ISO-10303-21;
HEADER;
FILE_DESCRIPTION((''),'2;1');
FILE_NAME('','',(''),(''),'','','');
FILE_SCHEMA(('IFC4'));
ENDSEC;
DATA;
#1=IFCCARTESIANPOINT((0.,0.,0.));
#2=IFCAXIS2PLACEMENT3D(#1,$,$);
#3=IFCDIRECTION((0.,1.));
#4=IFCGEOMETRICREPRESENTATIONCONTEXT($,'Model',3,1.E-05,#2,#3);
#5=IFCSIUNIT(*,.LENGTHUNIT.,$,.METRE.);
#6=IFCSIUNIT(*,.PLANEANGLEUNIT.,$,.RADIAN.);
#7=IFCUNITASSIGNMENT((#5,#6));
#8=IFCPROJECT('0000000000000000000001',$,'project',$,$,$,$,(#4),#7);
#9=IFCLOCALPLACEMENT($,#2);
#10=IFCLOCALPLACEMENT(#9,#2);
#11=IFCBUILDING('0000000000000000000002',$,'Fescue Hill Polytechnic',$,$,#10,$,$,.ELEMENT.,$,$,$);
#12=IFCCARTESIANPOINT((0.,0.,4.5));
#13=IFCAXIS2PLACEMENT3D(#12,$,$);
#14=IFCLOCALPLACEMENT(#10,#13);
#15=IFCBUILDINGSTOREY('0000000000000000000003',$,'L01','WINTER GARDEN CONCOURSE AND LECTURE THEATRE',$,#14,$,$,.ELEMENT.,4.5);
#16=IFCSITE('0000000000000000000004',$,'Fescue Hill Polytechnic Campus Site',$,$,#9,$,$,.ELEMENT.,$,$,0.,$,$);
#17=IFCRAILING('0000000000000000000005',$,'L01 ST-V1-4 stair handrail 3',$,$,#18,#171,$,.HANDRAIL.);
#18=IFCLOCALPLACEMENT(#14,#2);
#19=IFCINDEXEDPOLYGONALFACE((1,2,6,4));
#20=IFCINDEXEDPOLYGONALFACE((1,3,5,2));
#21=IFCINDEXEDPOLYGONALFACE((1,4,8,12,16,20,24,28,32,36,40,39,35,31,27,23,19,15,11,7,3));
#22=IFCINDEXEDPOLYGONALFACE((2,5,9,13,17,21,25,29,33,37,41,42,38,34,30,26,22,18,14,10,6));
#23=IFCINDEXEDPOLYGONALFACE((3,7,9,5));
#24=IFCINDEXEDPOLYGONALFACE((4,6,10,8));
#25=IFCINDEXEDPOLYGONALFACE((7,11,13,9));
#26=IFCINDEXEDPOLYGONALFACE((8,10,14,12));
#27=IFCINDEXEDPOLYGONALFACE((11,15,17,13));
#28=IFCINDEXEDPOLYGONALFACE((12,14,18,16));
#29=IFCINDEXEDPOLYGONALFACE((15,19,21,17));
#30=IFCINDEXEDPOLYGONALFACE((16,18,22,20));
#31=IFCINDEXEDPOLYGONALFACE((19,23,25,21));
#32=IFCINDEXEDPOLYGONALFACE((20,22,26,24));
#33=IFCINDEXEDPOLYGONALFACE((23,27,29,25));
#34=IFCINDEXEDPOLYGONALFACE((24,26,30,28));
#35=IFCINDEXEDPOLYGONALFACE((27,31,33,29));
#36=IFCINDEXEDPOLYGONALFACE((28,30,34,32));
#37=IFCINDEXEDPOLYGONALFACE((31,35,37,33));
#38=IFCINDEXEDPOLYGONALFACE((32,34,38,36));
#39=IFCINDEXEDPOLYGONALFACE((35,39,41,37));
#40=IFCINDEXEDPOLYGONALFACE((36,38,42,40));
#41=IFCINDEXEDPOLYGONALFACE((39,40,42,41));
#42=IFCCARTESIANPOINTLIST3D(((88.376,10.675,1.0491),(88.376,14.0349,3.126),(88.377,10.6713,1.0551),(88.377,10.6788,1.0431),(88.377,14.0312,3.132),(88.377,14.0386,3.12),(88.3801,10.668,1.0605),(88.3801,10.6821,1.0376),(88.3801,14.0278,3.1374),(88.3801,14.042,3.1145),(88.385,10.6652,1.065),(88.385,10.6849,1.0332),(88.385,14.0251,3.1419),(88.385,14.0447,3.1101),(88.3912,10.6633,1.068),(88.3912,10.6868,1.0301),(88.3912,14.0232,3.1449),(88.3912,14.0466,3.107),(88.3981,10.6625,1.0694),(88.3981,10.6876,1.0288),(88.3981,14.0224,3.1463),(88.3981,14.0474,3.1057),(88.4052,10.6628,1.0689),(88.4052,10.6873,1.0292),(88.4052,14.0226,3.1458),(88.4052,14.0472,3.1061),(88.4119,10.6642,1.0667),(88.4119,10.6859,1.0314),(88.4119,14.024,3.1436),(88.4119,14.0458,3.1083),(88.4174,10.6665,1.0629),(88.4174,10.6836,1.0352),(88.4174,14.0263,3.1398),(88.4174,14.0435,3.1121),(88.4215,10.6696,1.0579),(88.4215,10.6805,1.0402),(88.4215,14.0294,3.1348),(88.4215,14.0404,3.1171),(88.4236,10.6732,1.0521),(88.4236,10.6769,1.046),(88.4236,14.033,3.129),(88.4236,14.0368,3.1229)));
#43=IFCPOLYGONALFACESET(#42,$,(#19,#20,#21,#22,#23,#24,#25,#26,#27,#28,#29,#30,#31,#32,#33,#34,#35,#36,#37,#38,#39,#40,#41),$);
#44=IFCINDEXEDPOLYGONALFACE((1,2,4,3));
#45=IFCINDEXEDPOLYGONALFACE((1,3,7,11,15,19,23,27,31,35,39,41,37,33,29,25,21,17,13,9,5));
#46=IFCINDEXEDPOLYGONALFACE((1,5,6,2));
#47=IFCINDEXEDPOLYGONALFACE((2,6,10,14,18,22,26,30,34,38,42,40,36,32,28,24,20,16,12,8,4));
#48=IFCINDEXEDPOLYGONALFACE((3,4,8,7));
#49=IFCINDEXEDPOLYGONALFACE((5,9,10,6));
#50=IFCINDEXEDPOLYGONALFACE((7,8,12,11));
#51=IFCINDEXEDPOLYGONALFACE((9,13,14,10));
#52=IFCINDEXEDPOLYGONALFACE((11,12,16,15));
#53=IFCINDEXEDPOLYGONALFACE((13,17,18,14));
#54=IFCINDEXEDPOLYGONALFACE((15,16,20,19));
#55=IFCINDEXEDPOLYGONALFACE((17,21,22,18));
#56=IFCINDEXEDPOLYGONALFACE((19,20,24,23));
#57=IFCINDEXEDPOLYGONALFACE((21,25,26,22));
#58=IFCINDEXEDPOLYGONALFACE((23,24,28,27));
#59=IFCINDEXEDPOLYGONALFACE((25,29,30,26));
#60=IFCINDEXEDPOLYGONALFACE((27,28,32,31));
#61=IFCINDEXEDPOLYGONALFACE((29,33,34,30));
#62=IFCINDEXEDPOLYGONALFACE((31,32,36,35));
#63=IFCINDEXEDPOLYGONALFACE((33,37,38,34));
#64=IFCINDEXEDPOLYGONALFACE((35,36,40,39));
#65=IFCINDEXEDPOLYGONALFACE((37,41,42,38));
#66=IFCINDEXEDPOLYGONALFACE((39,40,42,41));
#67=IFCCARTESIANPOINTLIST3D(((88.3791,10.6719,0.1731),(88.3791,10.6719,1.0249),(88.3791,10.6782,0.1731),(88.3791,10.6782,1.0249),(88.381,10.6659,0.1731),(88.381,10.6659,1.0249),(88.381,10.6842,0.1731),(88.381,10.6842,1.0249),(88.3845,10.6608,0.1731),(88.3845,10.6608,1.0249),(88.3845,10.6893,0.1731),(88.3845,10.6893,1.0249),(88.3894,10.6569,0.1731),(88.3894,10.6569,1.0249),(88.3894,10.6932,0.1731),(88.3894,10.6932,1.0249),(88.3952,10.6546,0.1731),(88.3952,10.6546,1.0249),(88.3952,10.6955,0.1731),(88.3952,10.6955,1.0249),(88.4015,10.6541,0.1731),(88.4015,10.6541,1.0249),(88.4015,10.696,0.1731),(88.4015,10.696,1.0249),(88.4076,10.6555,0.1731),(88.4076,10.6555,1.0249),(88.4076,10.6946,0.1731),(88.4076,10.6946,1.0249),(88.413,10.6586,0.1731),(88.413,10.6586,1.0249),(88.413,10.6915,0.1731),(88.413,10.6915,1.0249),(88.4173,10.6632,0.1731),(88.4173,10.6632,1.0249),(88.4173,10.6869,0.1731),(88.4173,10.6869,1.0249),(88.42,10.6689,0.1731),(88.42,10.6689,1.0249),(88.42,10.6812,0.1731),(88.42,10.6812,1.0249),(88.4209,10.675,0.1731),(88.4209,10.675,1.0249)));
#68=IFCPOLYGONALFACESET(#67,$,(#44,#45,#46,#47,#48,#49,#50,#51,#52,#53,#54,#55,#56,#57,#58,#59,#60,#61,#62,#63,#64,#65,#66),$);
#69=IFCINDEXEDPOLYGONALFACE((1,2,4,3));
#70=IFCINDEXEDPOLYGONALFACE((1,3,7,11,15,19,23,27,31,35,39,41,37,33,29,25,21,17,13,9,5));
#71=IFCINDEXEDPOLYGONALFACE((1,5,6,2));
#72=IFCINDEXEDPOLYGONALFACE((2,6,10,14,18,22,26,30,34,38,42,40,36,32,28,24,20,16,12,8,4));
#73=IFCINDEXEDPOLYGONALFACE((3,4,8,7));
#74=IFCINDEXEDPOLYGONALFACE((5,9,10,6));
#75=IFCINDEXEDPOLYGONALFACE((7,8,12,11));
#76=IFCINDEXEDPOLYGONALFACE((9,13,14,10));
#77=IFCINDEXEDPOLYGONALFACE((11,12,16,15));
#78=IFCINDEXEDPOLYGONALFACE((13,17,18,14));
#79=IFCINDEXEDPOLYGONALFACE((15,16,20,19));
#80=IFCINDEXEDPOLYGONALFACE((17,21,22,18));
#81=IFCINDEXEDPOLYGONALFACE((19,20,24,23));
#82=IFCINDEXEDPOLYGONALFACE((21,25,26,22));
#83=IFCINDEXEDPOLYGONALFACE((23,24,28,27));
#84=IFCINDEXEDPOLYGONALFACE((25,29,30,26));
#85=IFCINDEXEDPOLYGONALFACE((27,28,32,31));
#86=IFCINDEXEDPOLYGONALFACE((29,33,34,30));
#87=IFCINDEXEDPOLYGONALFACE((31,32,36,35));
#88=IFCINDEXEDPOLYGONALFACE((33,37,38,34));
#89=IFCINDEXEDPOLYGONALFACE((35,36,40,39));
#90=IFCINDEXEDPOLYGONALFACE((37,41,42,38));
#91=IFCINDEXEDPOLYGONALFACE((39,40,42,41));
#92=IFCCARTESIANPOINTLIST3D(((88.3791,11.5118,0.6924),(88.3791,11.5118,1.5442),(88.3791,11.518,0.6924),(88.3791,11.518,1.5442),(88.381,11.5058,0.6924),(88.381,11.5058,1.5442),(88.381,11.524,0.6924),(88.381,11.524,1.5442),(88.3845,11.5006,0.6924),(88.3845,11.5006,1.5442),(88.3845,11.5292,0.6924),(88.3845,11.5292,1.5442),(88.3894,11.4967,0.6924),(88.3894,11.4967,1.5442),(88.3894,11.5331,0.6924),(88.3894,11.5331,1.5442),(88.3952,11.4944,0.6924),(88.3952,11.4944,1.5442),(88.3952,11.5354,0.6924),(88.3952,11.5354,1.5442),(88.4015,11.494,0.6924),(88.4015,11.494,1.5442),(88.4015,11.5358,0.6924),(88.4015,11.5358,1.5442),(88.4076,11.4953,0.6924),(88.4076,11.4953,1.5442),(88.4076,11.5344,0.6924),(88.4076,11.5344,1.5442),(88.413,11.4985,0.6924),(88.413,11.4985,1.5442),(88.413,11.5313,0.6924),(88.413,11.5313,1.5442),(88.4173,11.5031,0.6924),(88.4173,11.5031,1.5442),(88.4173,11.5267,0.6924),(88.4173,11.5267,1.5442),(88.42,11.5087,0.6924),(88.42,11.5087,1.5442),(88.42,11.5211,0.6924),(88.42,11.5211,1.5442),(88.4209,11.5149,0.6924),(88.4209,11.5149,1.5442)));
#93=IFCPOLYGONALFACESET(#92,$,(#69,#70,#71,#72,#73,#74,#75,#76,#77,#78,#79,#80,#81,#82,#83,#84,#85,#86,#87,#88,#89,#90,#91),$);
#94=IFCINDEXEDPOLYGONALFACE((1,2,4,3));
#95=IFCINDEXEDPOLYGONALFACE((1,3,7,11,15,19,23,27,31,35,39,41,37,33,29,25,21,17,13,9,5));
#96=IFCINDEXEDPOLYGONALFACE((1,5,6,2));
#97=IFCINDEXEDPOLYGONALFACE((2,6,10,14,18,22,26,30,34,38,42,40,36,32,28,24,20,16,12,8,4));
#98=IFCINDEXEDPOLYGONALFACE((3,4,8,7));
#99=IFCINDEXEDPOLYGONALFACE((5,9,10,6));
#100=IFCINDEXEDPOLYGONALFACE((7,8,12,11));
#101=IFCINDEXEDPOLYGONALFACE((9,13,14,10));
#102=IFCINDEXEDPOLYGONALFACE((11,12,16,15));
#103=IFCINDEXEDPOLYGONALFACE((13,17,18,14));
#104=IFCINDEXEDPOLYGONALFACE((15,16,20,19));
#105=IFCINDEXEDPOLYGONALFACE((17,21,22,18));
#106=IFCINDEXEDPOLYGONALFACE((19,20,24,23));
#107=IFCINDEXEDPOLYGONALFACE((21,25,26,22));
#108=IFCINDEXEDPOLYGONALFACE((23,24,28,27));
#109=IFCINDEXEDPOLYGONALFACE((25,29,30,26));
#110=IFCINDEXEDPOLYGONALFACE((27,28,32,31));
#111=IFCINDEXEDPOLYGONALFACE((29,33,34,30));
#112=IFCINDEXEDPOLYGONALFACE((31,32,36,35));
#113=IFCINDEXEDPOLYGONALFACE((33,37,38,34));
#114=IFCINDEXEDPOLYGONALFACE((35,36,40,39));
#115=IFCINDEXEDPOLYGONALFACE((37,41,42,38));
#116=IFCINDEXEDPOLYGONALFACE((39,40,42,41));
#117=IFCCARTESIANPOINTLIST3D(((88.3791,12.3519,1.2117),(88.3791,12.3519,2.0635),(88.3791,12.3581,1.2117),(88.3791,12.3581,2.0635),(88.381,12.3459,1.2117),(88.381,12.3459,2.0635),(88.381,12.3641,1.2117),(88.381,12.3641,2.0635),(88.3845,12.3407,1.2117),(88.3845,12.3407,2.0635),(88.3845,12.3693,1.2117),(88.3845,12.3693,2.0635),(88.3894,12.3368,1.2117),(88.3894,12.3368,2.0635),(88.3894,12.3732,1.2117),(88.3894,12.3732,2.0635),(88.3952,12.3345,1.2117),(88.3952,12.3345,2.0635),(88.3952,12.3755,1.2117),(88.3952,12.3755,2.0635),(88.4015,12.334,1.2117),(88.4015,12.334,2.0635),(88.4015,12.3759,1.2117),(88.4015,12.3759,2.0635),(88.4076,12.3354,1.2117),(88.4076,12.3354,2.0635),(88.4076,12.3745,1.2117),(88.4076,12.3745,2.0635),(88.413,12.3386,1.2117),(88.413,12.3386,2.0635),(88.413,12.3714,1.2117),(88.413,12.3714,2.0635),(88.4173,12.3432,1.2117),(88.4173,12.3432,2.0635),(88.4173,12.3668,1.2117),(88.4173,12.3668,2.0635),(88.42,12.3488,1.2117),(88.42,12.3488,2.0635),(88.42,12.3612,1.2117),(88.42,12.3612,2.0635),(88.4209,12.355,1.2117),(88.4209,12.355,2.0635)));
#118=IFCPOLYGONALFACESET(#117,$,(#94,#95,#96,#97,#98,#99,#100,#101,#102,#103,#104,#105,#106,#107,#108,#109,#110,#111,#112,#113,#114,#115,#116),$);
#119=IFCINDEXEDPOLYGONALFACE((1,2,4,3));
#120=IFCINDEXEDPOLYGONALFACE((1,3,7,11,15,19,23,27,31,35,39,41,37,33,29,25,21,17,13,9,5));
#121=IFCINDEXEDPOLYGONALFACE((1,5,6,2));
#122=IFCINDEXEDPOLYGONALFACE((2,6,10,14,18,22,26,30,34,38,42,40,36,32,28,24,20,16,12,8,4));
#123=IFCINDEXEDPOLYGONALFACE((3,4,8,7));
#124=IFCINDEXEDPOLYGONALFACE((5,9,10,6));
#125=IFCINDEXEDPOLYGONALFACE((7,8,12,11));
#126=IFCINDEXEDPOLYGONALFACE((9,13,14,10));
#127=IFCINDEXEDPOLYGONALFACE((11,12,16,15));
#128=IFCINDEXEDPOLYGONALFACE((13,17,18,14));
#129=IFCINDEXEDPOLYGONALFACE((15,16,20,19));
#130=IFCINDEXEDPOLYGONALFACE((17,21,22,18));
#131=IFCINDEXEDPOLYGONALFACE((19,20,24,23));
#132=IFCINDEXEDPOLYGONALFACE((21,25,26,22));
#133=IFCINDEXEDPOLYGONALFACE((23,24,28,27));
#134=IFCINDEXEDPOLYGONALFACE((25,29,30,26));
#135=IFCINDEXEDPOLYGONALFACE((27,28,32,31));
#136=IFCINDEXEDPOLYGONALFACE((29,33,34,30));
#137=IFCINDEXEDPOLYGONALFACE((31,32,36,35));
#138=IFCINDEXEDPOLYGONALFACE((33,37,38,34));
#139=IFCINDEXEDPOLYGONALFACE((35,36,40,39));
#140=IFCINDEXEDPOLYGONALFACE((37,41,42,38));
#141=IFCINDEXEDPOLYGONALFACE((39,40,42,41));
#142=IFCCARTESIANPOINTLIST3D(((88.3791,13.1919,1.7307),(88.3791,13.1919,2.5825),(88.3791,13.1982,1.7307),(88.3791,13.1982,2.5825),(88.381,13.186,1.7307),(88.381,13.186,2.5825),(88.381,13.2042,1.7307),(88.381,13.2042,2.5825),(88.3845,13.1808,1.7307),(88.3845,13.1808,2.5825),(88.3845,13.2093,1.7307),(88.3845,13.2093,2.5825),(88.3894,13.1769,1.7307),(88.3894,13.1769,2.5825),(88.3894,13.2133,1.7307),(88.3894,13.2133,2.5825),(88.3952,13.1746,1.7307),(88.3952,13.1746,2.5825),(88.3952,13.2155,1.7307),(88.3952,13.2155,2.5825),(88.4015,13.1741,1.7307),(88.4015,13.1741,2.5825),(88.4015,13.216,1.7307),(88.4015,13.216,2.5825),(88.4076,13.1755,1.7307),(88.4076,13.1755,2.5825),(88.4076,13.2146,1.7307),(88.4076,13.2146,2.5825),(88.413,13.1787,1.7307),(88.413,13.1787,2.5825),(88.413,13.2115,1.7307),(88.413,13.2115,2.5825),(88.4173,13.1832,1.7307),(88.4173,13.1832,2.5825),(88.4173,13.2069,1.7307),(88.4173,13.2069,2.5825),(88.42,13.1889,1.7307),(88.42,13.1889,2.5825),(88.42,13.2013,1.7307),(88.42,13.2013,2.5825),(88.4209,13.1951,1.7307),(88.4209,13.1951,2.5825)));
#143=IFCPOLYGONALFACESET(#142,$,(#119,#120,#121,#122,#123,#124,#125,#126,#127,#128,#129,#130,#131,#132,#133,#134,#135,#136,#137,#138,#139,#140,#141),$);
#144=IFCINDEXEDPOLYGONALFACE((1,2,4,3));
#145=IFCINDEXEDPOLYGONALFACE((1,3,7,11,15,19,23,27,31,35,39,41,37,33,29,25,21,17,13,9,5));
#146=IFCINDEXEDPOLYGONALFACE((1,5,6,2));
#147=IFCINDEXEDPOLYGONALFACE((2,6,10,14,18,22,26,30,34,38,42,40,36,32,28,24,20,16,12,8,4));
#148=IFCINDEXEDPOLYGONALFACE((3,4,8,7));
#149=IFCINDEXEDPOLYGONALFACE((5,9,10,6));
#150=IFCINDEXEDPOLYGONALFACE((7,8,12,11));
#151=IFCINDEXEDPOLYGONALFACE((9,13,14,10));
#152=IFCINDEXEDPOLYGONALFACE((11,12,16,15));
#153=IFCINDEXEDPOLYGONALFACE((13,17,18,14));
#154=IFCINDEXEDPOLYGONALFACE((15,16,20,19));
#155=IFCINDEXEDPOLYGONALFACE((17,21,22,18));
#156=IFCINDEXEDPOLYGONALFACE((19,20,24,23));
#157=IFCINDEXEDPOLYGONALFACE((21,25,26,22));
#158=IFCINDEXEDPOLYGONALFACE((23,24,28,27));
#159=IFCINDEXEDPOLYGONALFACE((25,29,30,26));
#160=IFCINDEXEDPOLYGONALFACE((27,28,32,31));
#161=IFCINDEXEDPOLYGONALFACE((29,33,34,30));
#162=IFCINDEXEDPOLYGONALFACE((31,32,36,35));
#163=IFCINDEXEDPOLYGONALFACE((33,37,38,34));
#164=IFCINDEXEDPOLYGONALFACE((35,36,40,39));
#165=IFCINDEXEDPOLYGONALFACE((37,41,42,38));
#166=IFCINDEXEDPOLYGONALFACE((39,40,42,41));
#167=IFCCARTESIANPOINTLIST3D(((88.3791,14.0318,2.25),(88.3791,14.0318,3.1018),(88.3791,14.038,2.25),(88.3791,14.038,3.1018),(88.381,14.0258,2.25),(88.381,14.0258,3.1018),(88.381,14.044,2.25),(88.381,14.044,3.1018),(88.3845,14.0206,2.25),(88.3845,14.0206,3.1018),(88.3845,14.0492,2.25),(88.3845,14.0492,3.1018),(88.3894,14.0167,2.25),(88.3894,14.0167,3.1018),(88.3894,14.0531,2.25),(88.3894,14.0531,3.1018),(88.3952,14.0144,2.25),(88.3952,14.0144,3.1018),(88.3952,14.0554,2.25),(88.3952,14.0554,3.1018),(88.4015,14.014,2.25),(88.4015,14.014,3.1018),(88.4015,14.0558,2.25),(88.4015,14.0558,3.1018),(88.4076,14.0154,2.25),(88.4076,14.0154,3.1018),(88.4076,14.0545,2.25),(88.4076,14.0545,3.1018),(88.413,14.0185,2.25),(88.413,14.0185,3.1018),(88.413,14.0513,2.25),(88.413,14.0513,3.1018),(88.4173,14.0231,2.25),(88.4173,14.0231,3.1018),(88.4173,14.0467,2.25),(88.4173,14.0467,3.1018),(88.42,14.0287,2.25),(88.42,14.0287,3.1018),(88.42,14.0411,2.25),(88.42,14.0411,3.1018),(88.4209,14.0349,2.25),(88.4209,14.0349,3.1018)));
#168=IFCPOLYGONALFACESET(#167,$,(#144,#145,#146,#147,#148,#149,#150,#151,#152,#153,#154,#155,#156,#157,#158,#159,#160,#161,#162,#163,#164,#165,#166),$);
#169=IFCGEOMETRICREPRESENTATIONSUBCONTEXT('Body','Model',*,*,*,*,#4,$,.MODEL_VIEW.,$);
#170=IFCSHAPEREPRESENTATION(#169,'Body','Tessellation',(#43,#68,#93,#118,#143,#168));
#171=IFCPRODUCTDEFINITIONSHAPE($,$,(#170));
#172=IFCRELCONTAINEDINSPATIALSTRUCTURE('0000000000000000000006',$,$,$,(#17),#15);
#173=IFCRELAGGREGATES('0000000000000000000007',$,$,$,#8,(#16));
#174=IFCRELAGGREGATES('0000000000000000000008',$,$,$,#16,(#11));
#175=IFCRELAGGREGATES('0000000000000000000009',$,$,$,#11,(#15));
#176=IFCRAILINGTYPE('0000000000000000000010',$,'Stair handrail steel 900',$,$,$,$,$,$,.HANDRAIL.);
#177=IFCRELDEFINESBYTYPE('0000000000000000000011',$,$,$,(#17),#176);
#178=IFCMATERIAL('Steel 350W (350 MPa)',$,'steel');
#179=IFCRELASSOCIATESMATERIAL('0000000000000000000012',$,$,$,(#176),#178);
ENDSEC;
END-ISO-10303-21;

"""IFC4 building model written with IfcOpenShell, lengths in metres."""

from ifc_helpers import new_model, si_unit, direction, frame, origin, origin_2d, place, context, subcontext, project, spatial, circle, extrude, material, type_object, element, save


model = new_model("IFC4")

# Units and contexts
model_context = context("Model", 3, precision=1e-05, world=origin(), true_north=direction((0.0, 1.0)))
body_context = subcontext(model_context, "Body", "Model", "MODEL_VIEW")
ifc_project = project(units=[si_unit("LENGTHUNIT", "METRE"), si_unit("PLANEANGLEUNIT", "RADIAN")], contexts=[model_context])

# Site, building, storey
site_placement = place(None, origin())
site = spatial("IfcSite", under=ifc_project, at=site_placement, Name="Fescue Hill Polytechnic Campus Site", CompositionType="ELEMENT", RefElevation=0.0)
building_placement = place(site_placement, origin())
building = spatial("IfcBuilding", under=site, at=building_placement, Name="Fescue Hill Polytechnic", CompositionType="ELEMENT")
storey_placement = place(building_placement, frame((0.0, 0.0, 4.5)))
storey = spatial("IfcBuildingStorey", under=building, at=storey_placement, Name="L01", Description="WINTER GARDEN CONCOURSE AND LECTURE THEATRE", CompositionType="ELEMENT", Elevation=4.5)

# Railing
ifc_material_1 = material(Name="Steel 350W (350 MPa)", Category="steel")
railing_type_1 = type_object("IfcRailingType", Name="Stair handrail steel 900", PredefinedType="HANDRAIL", material=ifc_material_1)
for number, where, name in (
    (1, (88.3999, 10.675, 0.1731), "L01 ST-V1-4 stair handrail 3"),
):
    element("IfcRailing", number, at=place(storey_placement, frame(where)), inside=storey, type_object=railing_type_1, Name=name, PredefinedType="HANDRAIL", context=body_context, shape_type="SweptSolid", body=[
        extrude(circle(Radius=0.0239, at=origin_2d()), frame((0.0, 0.0, 0.876), z_axis=(0.0, 0.850606, 0.525803), x_axis=(-1.0, 0.0, 0.0)), (0.0, 0.0, 1.0), 3.95),
        extrude(circle(Radius=0.021, at=origin_2d()), origin(), (0.0, 0.0, 1.0), 0.8518),
        extrude(circle(Radius=0.021, at=origin_2d()), frame((0.0, 0.8398, 0.5193)), (0.0, 0.0, 1.0), 0.8518),
        extrude(circle(Radius=0.021, at=origin_2d()), frame((0.0, 1.6799, 1.0386)), (0.0, 0.0, 1.0), 0.8518),
        extrude(circle(Radius=0.021, at=origin_2d()), frame((0.0, 2.52, 1.5576)), (0.0, 0.0, 1.0), 0.8518),
        extrude(circle(Radius=0.021, at=origin_2d()), frame((0.0, 3.3599, 2.0769)), (0.0, 0.0, 1.0), 0.8518),
    ])

save(model, "model.ifc")
